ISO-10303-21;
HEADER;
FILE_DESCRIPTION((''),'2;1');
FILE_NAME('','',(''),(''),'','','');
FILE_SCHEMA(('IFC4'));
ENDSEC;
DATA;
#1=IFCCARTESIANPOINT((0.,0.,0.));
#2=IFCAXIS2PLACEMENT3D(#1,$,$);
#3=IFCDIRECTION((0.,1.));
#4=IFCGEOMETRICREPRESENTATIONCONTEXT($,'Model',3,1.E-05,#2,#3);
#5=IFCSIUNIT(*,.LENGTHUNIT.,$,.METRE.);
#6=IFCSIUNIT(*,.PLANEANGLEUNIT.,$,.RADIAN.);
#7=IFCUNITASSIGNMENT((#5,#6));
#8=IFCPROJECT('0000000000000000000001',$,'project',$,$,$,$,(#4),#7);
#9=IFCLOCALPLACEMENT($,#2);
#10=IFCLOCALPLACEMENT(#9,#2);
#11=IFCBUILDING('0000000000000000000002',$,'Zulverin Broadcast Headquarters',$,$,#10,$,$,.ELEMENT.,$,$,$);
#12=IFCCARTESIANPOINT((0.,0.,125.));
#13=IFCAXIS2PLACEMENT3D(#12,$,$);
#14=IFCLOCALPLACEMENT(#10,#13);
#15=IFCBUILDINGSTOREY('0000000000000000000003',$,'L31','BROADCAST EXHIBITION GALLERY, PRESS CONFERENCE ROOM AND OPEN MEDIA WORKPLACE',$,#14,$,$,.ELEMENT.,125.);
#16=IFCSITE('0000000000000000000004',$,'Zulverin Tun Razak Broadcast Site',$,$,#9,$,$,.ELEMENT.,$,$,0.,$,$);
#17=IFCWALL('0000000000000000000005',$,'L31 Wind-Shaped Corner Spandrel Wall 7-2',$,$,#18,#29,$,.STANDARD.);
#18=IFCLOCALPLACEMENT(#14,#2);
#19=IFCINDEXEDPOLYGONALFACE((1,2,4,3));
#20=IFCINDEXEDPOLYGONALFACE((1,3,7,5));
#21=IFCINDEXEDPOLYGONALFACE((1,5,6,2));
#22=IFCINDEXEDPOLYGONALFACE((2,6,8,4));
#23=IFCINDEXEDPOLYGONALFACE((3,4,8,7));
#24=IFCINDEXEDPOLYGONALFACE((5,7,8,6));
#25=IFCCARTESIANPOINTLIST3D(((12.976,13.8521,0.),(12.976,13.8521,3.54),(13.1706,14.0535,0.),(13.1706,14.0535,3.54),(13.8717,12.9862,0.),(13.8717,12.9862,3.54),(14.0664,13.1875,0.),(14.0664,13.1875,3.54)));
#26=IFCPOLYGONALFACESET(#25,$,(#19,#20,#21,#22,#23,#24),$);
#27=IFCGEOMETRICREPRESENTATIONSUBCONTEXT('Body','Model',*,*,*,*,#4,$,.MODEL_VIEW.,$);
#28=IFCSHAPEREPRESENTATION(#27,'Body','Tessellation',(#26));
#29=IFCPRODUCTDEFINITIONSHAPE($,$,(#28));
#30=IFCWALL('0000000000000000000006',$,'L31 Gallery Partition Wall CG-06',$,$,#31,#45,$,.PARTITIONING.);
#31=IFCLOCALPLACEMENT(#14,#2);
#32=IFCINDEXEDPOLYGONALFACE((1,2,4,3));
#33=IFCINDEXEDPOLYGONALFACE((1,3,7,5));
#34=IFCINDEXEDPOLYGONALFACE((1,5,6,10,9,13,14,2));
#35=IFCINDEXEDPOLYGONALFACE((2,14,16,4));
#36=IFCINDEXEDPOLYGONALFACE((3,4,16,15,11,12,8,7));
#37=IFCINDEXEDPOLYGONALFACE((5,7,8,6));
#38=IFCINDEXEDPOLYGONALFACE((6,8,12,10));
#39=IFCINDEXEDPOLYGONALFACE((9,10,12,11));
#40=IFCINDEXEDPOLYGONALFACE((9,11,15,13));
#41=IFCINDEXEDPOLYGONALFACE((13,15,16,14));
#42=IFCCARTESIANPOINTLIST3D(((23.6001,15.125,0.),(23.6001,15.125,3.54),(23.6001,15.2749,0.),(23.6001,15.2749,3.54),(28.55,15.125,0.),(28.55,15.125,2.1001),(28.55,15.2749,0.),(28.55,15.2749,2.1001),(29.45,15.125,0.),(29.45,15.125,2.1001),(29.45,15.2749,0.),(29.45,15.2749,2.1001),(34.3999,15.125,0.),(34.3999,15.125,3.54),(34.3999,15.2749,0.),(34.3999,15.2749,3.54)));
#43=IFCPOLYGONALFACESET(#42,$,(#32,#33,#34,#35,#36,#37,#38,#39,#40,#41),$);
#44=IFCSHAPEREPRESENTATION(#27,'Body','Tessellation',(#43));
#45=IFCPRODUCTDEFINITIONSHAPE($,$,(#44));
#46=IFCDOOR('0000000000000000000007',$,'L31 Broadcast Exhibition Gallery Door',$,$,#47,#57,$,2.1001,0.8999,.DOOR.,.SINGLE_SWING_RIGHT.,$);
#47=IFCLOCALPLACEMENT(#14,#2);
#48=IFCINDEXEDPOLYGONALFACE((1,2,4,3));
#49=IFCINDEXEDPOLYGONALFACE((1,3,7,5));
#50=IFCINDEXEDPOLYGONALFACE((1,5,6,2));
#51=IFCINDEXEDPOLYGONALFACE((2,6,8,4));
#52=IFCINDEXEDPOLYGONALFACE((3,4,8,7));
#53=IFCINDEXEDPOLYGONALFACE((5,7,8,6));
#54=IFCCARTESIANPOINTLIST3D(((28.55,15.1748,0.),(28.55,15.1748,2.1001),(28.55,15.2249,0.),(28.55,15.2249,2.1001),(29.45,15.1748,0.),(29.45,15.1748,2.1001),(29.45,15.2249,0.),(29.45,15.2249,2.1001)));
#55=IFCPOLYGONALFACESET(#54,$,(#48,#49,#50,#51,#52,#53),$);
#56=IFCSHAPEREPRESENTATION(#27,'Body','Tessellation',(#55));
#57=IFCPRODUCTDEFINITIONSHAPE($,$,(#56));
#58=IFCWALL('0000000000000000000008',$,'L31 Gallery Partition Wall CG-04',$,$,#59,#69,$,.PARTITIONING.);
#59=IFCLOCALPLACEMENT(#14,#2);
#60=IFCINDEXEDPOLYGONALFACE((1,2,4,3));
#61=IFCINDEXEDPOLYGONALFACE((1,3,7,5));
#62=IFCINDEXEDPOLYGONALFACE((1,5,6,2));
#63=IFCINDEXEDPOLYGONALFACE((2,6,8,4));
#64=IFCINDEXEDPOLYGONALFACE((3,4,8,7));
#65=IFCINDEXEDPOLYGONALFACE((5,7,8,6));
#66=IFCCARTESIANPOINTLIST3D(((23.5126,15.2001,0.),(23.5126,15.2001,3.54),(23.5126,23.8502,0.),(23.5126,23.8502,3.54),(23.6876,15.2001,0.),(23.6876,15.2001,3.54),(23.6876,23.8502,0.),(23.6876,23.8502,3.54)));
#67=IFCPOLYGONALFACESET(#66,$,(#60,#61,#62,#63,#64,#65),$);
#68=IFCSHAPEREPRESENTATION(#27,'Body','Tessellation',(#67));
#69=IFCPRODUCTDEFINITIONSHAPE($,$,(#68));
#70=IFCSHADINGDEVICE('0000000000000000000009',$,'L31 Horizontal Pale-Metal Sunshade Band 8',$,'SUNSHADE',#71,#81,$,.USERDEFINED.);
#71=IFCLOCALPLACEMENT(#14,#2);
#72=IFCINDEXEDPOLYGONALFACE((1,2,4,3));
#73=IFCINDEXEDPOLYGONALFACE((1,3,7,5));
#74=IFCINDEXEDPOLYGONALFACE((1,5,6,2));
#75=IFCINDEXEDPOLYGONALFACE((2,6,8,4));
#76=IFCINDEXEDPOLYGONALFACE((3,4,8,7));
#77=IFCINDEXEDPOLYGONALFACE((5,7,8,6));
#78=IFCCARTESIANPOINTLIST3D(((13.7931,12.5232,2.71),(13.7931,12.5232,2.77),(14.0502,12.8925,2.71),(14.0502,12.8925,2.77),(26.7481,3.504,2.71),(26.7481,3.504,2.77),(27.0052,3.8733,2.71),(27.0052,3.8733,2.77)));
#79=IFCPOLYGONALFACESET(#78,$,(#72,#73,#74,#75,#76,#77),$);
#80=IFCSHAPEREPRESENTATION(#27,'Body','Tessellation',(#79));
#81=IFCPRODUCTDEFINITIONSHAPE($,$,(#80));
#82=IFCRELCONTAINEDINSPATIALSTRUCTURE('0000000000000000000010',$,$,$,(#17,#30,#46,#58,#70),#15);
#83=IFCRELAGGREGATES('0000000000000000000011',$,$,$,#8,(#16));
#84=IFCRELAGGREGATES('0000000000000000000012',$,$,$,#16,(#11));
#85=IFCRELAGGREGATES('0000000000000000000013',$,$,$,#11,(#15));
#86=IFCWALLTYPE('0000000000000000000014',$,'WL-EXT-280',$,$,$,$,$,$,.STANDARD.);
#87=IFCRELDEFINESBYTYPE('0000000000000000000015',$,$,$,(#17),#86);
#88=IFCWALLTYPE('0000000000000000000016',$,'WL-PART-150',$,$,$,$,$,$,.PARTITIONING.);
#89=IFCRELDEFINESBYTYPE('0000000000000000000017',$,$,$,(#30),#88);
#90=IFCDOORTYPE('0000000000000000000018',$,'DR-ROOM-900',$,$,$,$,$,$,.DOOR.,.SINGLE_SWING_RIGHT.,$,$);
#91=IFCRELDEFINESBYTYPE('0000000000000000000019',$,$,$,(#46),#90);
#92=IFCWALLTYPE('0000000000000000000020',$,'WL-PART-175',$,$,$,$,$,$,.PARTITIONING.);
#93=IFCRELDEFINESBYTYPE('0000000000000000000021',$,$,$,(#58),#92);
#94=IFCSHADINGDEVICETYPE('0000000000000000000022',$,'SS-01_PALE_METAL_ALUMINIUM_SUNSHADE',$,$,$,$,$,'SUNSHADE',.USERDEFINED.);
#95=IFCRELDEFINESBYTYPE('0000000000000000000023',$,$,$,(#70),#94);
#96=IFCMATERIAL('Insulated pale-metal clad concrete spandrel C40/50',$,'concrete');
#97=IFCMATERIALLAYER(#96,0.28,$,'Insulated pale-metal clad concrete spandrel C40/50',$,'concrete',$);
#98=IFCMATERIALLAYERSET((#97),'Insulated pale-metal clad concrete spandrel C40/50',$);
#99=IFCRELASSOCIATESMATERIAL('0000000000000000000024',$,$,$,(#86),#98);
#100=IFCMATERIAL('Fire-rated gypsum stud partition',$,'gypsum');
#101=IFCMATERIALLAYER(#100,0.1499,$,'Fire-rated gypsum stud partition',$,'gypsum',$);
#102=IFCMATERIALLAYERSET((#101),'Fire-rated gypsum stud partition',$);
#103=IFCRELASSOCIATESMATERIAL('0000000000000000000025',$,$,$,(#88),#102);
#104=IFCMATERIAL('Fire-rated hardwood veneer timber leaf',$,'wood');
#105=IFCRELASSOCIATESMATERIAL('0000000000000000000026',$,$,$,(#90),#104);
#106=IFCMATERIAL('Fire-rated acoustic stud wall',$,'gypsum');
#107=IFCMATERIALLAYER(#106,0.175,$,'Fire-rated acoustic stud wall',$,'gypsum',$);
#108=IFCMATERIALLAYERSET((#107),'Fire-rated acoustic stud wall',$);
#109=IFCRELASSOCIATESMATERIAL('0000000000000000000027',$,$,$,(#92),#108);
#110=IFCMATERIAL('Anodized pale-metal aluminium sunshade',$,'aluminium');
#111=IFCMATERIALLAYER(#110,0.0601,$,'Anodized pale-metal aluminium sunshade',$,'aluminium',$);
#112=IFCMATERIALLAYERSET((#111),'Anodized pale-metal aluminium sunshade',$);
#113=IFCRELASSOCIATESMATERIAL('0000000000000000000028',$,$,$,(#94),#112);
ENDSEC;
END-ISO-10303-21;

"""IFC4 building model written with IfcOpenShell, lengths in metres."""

from ifc_helpers import new_model, si_unit, direction, frame, frame_2d, origin, origin_2d, place, context, subcontext, project, spatial, rectangle, extrude, material, layer, layer_set, type_object, element, fill, save


model = new_model("IFC4")

# Units and contexts
model_context = context("Model", 3, precision=1e-05, world=origin(), true_north=direction((0.0, 1.0)))
body_context = subcontext(model_context, "Body", "Model", "MODEL_VIEW")
ifc_project = project(units=[si_unit("LENGTHUNIT", "METRE"), si_unit("PLANEANGLEUNIT", "RADIAN")], contexts=[model_context])

# Site, building, storey
site_placement = place(None, origin())
site = spatial("IfcSite", under=ifc_project, at=site_placement, Name="Zulverin Tun Razak Broadcast Site", CompositionType="ELEMENT", RefElevation=0.0)
building_placement = place(site_placement, origin())
building = spatial("IfcBuilding", under=site, at=building_placement, Name="Zulverin Broadcast Headquarters", CompositionType="ELEMENT")
storey_placement = place(building_placement, frame((0.0, 0.0, 125.0)))
storey = spatial("IfcBuildingStorey", under=building, at=storey_placement, Name="L31", Description="BROADCAST EXHIBITION GALLERY, PRESS CONFERENCE ROOM AND OPEN MEDIA WORKPLACE", CompositionType="ELEMENT", Elevation=125.0)

# Shared definitions
ifc_material_1 = material(Name="Insulated pale-metal clad concrete spandrel C40/50", Category="concrete")
ifc_layer_1 = layer(ifc_material_1, 0.28, Name="Insulated pale-metal clad concrete spandrel C40/50", Category="concrete")
ifc_layer_set_1 = layer_set([ifc_layer_1], Name="Insulated pale-metal clad concrete spandrel C40/50")
wall_type_1 = type_object("IfcWallType", Name="WL-EXT-280", PredefinedType="STANDARD", material=ifc_layer_set_1)

# Wall
wall_1_placement = place(storey_placement, frame((13.0732, 13.9529, 0.0), z_axis=(0.0, 0.0, 1.0), x_axis=(0.718959, -0.695052, 0.0)))
element("IfcWall", 1, at=wall_1_placement, inside=storey, type_object=wall_type_1, Name="L31 Wind-Shaped Corner Spandrel Wall 7-2", PredefinedType="STANDARD", context=body_context, shape_type="SweptSolid", body=[
    extrude(rectangle(XDim=1.2458, YDim=0.28, at=frame_2d((0.623, 0.0))), origin(), (0.0, 0.0, 1.0), 3.54),
])

# Wall, opening, door
ifc_material_2 = material(Name="Fire-rated gypsum stud partition", Category="gypsum")
ifc_layer_2 = layer(ifc_material_2, 0.1499, Name="Fire-rated gypsum stud partition", Category="gypsum")
ifc_layer_set_2 = layer_set([ifc_layer_2], Name="Fire-rated gypsum stud partition")
wall_type_2 = type_object("IfcWallType", Name="WL-PART-150", PredefinedType="PARTITIONING", material=ifc_layer_set_2)
wall_2_placement = place(storey_placement, frame((23.6001, 15.2, 0.0), z_axis=(0.0, 0.0, 1.0), x_axis=(1.0, 0.0, 0.0)))
wall_2 = element("IfcWall", 2, at=wall_2_placement, inside=storey, type_object=wall_type_2, Name="L31 Gallery Partition Wall CG-06", PredefinedType="PARTITIONING", context=body_context, shape_type="SweptSolid", body=[
    extrude(rectangle(XDim=10.7998, YDim=0.1499, at=frame_2d((5.3999, 0.0))), origin(), (0.0, 0.0, 1.0), 3.54),
])
opening_1_placement = place(wall_2_placement, frame((4.95, 0.0, 0.0)))
opening_1 = element("IfcOpeningElement", 3, at=opening_1_placement, cuts=wall_2, PredefinedType="OPENING", context=body_context, shape_type="SweptSolid", body=[
    extrude(rectangle(XDim=0.8999, YDim=2.1001, at=frame_2d((0.45, 1.05))), frame((0.0, 0.085, 0.0), z_axis=(0.0, -1.0, 0.0), x_axis=(1.0, 0.0, 0.0)), (0.0, 0.0, 1.0), 0.1699),
])
ifc_material_3 = material(Name="Fire-rated hardwood veneer timber leaf", Category="wood")
door_type_1 = type_object("IfcDoorType", Name="DR-ROOM-900", OperationType="SINGLE_SWING_RIGHT", PredefinedType="DOOR", material=ifc_material_3)
door_1_placement = place(opening_1_placement, origin())
door_1 = element("IfcDoor", 4, at=door_1_placement, inside=storey, type_object=door_type_1, Name="L31 Broadcast Exhibition Gallery Door", OperationType="SINGLE_SWING_RIGHT", OverallHeight=2.1001, OverallWidth=0.8999, PredefinedType="DOOR", context=body_context, shape_type="SweptSolid", body=[
    extrude(rectangle(XDim=0.8999, YDim=2.1001, at=frame_2d((0.45, 1.05))), frame((0.0, 0.0249, 0.0), z_axis=(0.0, -1.0, 0.0), x_axis=(1.0, 0.0, 0.0)), (0.0, 0.0, 1.0), 0.05),
])
fill(opening_1, door_1)

# Wall
ifc_material_4 = material(Name="Fire-rated acoustic stud wall", Category="gypsum")
ifc_layer_3 = layer(ifc_material_4, 0.175, Name="Fire-rated acoustic stud wall", Category="gypsum")
ifc_layer_set_3 = layer_set([ifc_layer_3], Name="Fire-rated acoustic stud wall")
wall_type_3 = type_object("IfcWallType", Name="WL-PART-175", PredefinedType="PARTITIONING", material=ifc_layer_set_3)
wall_3_placement = place(storey_placement, frame((23.6001, 15.2, 0.0), z_axis=(0.0, 0.0, 1.0), x_axis=(0.0, 1.0, 0.0)))
element("IfcWall", 5, at=wall_3_placement, inside=storey, type_object=wall_type_3, Name="L31 Gallery Partition Wall CG-04", PredefinedType="PARTITIONING", context=body_context, shape_type="SweptSolid", body=[
    extrude(rectangle(XDim=8.6501, YDim=0.175, at=frame_2d((4.3252, 0.0))), origin(), (0.0, 0.0, 1.0), 3.54),
])

# Shading device
ifc_material_5 = material(Name="Anodized pale-metal aluminium sunshade", Category="aluminium")
ifc_layer_4 = layer(ifc_material_5, 0.0601, Name="Anodized pale-metal aluminium sunshade", Category="aluminium")
ifc_layer_set_4 = layer_set([ifc_layer_4], Name="Anodized pale-metal aluminium sunshade")
shading_device_type = type_object("IfcShadingDeviceType", Name="SS-01_PALE_METAL_ALUMINIUM_SUNSHADE", ElementType="SUNSHADE", PredefinedType="USERDEFINED", material=ifc_layer_set_4)
shading_device_placement = place(storey_placement, frame((20.3992, 8.1982, 2.71), z_axis=(0.0, 0.0, 1.0), x_axis=(0.820696, -0.571365, 0.0)))
element("IfcShadingDevice", 6, at=shading_device_placement, inside=storey, type_object=shading_device_type, Name="L31 Horizontal Pale-Metal Sunshade Band 8", ObjectType="SUNSHADE", PredefinedType="USERDEFINED", context=body_context, shape_type="SweptSolid", body=[
    extrude(rectangle(XDim=15.7854, YDim=0.45, at=origin_2d()), origin(), (0.0, 0.0, 1.0), 0.0601),
])

save(model, "model.ifc")
